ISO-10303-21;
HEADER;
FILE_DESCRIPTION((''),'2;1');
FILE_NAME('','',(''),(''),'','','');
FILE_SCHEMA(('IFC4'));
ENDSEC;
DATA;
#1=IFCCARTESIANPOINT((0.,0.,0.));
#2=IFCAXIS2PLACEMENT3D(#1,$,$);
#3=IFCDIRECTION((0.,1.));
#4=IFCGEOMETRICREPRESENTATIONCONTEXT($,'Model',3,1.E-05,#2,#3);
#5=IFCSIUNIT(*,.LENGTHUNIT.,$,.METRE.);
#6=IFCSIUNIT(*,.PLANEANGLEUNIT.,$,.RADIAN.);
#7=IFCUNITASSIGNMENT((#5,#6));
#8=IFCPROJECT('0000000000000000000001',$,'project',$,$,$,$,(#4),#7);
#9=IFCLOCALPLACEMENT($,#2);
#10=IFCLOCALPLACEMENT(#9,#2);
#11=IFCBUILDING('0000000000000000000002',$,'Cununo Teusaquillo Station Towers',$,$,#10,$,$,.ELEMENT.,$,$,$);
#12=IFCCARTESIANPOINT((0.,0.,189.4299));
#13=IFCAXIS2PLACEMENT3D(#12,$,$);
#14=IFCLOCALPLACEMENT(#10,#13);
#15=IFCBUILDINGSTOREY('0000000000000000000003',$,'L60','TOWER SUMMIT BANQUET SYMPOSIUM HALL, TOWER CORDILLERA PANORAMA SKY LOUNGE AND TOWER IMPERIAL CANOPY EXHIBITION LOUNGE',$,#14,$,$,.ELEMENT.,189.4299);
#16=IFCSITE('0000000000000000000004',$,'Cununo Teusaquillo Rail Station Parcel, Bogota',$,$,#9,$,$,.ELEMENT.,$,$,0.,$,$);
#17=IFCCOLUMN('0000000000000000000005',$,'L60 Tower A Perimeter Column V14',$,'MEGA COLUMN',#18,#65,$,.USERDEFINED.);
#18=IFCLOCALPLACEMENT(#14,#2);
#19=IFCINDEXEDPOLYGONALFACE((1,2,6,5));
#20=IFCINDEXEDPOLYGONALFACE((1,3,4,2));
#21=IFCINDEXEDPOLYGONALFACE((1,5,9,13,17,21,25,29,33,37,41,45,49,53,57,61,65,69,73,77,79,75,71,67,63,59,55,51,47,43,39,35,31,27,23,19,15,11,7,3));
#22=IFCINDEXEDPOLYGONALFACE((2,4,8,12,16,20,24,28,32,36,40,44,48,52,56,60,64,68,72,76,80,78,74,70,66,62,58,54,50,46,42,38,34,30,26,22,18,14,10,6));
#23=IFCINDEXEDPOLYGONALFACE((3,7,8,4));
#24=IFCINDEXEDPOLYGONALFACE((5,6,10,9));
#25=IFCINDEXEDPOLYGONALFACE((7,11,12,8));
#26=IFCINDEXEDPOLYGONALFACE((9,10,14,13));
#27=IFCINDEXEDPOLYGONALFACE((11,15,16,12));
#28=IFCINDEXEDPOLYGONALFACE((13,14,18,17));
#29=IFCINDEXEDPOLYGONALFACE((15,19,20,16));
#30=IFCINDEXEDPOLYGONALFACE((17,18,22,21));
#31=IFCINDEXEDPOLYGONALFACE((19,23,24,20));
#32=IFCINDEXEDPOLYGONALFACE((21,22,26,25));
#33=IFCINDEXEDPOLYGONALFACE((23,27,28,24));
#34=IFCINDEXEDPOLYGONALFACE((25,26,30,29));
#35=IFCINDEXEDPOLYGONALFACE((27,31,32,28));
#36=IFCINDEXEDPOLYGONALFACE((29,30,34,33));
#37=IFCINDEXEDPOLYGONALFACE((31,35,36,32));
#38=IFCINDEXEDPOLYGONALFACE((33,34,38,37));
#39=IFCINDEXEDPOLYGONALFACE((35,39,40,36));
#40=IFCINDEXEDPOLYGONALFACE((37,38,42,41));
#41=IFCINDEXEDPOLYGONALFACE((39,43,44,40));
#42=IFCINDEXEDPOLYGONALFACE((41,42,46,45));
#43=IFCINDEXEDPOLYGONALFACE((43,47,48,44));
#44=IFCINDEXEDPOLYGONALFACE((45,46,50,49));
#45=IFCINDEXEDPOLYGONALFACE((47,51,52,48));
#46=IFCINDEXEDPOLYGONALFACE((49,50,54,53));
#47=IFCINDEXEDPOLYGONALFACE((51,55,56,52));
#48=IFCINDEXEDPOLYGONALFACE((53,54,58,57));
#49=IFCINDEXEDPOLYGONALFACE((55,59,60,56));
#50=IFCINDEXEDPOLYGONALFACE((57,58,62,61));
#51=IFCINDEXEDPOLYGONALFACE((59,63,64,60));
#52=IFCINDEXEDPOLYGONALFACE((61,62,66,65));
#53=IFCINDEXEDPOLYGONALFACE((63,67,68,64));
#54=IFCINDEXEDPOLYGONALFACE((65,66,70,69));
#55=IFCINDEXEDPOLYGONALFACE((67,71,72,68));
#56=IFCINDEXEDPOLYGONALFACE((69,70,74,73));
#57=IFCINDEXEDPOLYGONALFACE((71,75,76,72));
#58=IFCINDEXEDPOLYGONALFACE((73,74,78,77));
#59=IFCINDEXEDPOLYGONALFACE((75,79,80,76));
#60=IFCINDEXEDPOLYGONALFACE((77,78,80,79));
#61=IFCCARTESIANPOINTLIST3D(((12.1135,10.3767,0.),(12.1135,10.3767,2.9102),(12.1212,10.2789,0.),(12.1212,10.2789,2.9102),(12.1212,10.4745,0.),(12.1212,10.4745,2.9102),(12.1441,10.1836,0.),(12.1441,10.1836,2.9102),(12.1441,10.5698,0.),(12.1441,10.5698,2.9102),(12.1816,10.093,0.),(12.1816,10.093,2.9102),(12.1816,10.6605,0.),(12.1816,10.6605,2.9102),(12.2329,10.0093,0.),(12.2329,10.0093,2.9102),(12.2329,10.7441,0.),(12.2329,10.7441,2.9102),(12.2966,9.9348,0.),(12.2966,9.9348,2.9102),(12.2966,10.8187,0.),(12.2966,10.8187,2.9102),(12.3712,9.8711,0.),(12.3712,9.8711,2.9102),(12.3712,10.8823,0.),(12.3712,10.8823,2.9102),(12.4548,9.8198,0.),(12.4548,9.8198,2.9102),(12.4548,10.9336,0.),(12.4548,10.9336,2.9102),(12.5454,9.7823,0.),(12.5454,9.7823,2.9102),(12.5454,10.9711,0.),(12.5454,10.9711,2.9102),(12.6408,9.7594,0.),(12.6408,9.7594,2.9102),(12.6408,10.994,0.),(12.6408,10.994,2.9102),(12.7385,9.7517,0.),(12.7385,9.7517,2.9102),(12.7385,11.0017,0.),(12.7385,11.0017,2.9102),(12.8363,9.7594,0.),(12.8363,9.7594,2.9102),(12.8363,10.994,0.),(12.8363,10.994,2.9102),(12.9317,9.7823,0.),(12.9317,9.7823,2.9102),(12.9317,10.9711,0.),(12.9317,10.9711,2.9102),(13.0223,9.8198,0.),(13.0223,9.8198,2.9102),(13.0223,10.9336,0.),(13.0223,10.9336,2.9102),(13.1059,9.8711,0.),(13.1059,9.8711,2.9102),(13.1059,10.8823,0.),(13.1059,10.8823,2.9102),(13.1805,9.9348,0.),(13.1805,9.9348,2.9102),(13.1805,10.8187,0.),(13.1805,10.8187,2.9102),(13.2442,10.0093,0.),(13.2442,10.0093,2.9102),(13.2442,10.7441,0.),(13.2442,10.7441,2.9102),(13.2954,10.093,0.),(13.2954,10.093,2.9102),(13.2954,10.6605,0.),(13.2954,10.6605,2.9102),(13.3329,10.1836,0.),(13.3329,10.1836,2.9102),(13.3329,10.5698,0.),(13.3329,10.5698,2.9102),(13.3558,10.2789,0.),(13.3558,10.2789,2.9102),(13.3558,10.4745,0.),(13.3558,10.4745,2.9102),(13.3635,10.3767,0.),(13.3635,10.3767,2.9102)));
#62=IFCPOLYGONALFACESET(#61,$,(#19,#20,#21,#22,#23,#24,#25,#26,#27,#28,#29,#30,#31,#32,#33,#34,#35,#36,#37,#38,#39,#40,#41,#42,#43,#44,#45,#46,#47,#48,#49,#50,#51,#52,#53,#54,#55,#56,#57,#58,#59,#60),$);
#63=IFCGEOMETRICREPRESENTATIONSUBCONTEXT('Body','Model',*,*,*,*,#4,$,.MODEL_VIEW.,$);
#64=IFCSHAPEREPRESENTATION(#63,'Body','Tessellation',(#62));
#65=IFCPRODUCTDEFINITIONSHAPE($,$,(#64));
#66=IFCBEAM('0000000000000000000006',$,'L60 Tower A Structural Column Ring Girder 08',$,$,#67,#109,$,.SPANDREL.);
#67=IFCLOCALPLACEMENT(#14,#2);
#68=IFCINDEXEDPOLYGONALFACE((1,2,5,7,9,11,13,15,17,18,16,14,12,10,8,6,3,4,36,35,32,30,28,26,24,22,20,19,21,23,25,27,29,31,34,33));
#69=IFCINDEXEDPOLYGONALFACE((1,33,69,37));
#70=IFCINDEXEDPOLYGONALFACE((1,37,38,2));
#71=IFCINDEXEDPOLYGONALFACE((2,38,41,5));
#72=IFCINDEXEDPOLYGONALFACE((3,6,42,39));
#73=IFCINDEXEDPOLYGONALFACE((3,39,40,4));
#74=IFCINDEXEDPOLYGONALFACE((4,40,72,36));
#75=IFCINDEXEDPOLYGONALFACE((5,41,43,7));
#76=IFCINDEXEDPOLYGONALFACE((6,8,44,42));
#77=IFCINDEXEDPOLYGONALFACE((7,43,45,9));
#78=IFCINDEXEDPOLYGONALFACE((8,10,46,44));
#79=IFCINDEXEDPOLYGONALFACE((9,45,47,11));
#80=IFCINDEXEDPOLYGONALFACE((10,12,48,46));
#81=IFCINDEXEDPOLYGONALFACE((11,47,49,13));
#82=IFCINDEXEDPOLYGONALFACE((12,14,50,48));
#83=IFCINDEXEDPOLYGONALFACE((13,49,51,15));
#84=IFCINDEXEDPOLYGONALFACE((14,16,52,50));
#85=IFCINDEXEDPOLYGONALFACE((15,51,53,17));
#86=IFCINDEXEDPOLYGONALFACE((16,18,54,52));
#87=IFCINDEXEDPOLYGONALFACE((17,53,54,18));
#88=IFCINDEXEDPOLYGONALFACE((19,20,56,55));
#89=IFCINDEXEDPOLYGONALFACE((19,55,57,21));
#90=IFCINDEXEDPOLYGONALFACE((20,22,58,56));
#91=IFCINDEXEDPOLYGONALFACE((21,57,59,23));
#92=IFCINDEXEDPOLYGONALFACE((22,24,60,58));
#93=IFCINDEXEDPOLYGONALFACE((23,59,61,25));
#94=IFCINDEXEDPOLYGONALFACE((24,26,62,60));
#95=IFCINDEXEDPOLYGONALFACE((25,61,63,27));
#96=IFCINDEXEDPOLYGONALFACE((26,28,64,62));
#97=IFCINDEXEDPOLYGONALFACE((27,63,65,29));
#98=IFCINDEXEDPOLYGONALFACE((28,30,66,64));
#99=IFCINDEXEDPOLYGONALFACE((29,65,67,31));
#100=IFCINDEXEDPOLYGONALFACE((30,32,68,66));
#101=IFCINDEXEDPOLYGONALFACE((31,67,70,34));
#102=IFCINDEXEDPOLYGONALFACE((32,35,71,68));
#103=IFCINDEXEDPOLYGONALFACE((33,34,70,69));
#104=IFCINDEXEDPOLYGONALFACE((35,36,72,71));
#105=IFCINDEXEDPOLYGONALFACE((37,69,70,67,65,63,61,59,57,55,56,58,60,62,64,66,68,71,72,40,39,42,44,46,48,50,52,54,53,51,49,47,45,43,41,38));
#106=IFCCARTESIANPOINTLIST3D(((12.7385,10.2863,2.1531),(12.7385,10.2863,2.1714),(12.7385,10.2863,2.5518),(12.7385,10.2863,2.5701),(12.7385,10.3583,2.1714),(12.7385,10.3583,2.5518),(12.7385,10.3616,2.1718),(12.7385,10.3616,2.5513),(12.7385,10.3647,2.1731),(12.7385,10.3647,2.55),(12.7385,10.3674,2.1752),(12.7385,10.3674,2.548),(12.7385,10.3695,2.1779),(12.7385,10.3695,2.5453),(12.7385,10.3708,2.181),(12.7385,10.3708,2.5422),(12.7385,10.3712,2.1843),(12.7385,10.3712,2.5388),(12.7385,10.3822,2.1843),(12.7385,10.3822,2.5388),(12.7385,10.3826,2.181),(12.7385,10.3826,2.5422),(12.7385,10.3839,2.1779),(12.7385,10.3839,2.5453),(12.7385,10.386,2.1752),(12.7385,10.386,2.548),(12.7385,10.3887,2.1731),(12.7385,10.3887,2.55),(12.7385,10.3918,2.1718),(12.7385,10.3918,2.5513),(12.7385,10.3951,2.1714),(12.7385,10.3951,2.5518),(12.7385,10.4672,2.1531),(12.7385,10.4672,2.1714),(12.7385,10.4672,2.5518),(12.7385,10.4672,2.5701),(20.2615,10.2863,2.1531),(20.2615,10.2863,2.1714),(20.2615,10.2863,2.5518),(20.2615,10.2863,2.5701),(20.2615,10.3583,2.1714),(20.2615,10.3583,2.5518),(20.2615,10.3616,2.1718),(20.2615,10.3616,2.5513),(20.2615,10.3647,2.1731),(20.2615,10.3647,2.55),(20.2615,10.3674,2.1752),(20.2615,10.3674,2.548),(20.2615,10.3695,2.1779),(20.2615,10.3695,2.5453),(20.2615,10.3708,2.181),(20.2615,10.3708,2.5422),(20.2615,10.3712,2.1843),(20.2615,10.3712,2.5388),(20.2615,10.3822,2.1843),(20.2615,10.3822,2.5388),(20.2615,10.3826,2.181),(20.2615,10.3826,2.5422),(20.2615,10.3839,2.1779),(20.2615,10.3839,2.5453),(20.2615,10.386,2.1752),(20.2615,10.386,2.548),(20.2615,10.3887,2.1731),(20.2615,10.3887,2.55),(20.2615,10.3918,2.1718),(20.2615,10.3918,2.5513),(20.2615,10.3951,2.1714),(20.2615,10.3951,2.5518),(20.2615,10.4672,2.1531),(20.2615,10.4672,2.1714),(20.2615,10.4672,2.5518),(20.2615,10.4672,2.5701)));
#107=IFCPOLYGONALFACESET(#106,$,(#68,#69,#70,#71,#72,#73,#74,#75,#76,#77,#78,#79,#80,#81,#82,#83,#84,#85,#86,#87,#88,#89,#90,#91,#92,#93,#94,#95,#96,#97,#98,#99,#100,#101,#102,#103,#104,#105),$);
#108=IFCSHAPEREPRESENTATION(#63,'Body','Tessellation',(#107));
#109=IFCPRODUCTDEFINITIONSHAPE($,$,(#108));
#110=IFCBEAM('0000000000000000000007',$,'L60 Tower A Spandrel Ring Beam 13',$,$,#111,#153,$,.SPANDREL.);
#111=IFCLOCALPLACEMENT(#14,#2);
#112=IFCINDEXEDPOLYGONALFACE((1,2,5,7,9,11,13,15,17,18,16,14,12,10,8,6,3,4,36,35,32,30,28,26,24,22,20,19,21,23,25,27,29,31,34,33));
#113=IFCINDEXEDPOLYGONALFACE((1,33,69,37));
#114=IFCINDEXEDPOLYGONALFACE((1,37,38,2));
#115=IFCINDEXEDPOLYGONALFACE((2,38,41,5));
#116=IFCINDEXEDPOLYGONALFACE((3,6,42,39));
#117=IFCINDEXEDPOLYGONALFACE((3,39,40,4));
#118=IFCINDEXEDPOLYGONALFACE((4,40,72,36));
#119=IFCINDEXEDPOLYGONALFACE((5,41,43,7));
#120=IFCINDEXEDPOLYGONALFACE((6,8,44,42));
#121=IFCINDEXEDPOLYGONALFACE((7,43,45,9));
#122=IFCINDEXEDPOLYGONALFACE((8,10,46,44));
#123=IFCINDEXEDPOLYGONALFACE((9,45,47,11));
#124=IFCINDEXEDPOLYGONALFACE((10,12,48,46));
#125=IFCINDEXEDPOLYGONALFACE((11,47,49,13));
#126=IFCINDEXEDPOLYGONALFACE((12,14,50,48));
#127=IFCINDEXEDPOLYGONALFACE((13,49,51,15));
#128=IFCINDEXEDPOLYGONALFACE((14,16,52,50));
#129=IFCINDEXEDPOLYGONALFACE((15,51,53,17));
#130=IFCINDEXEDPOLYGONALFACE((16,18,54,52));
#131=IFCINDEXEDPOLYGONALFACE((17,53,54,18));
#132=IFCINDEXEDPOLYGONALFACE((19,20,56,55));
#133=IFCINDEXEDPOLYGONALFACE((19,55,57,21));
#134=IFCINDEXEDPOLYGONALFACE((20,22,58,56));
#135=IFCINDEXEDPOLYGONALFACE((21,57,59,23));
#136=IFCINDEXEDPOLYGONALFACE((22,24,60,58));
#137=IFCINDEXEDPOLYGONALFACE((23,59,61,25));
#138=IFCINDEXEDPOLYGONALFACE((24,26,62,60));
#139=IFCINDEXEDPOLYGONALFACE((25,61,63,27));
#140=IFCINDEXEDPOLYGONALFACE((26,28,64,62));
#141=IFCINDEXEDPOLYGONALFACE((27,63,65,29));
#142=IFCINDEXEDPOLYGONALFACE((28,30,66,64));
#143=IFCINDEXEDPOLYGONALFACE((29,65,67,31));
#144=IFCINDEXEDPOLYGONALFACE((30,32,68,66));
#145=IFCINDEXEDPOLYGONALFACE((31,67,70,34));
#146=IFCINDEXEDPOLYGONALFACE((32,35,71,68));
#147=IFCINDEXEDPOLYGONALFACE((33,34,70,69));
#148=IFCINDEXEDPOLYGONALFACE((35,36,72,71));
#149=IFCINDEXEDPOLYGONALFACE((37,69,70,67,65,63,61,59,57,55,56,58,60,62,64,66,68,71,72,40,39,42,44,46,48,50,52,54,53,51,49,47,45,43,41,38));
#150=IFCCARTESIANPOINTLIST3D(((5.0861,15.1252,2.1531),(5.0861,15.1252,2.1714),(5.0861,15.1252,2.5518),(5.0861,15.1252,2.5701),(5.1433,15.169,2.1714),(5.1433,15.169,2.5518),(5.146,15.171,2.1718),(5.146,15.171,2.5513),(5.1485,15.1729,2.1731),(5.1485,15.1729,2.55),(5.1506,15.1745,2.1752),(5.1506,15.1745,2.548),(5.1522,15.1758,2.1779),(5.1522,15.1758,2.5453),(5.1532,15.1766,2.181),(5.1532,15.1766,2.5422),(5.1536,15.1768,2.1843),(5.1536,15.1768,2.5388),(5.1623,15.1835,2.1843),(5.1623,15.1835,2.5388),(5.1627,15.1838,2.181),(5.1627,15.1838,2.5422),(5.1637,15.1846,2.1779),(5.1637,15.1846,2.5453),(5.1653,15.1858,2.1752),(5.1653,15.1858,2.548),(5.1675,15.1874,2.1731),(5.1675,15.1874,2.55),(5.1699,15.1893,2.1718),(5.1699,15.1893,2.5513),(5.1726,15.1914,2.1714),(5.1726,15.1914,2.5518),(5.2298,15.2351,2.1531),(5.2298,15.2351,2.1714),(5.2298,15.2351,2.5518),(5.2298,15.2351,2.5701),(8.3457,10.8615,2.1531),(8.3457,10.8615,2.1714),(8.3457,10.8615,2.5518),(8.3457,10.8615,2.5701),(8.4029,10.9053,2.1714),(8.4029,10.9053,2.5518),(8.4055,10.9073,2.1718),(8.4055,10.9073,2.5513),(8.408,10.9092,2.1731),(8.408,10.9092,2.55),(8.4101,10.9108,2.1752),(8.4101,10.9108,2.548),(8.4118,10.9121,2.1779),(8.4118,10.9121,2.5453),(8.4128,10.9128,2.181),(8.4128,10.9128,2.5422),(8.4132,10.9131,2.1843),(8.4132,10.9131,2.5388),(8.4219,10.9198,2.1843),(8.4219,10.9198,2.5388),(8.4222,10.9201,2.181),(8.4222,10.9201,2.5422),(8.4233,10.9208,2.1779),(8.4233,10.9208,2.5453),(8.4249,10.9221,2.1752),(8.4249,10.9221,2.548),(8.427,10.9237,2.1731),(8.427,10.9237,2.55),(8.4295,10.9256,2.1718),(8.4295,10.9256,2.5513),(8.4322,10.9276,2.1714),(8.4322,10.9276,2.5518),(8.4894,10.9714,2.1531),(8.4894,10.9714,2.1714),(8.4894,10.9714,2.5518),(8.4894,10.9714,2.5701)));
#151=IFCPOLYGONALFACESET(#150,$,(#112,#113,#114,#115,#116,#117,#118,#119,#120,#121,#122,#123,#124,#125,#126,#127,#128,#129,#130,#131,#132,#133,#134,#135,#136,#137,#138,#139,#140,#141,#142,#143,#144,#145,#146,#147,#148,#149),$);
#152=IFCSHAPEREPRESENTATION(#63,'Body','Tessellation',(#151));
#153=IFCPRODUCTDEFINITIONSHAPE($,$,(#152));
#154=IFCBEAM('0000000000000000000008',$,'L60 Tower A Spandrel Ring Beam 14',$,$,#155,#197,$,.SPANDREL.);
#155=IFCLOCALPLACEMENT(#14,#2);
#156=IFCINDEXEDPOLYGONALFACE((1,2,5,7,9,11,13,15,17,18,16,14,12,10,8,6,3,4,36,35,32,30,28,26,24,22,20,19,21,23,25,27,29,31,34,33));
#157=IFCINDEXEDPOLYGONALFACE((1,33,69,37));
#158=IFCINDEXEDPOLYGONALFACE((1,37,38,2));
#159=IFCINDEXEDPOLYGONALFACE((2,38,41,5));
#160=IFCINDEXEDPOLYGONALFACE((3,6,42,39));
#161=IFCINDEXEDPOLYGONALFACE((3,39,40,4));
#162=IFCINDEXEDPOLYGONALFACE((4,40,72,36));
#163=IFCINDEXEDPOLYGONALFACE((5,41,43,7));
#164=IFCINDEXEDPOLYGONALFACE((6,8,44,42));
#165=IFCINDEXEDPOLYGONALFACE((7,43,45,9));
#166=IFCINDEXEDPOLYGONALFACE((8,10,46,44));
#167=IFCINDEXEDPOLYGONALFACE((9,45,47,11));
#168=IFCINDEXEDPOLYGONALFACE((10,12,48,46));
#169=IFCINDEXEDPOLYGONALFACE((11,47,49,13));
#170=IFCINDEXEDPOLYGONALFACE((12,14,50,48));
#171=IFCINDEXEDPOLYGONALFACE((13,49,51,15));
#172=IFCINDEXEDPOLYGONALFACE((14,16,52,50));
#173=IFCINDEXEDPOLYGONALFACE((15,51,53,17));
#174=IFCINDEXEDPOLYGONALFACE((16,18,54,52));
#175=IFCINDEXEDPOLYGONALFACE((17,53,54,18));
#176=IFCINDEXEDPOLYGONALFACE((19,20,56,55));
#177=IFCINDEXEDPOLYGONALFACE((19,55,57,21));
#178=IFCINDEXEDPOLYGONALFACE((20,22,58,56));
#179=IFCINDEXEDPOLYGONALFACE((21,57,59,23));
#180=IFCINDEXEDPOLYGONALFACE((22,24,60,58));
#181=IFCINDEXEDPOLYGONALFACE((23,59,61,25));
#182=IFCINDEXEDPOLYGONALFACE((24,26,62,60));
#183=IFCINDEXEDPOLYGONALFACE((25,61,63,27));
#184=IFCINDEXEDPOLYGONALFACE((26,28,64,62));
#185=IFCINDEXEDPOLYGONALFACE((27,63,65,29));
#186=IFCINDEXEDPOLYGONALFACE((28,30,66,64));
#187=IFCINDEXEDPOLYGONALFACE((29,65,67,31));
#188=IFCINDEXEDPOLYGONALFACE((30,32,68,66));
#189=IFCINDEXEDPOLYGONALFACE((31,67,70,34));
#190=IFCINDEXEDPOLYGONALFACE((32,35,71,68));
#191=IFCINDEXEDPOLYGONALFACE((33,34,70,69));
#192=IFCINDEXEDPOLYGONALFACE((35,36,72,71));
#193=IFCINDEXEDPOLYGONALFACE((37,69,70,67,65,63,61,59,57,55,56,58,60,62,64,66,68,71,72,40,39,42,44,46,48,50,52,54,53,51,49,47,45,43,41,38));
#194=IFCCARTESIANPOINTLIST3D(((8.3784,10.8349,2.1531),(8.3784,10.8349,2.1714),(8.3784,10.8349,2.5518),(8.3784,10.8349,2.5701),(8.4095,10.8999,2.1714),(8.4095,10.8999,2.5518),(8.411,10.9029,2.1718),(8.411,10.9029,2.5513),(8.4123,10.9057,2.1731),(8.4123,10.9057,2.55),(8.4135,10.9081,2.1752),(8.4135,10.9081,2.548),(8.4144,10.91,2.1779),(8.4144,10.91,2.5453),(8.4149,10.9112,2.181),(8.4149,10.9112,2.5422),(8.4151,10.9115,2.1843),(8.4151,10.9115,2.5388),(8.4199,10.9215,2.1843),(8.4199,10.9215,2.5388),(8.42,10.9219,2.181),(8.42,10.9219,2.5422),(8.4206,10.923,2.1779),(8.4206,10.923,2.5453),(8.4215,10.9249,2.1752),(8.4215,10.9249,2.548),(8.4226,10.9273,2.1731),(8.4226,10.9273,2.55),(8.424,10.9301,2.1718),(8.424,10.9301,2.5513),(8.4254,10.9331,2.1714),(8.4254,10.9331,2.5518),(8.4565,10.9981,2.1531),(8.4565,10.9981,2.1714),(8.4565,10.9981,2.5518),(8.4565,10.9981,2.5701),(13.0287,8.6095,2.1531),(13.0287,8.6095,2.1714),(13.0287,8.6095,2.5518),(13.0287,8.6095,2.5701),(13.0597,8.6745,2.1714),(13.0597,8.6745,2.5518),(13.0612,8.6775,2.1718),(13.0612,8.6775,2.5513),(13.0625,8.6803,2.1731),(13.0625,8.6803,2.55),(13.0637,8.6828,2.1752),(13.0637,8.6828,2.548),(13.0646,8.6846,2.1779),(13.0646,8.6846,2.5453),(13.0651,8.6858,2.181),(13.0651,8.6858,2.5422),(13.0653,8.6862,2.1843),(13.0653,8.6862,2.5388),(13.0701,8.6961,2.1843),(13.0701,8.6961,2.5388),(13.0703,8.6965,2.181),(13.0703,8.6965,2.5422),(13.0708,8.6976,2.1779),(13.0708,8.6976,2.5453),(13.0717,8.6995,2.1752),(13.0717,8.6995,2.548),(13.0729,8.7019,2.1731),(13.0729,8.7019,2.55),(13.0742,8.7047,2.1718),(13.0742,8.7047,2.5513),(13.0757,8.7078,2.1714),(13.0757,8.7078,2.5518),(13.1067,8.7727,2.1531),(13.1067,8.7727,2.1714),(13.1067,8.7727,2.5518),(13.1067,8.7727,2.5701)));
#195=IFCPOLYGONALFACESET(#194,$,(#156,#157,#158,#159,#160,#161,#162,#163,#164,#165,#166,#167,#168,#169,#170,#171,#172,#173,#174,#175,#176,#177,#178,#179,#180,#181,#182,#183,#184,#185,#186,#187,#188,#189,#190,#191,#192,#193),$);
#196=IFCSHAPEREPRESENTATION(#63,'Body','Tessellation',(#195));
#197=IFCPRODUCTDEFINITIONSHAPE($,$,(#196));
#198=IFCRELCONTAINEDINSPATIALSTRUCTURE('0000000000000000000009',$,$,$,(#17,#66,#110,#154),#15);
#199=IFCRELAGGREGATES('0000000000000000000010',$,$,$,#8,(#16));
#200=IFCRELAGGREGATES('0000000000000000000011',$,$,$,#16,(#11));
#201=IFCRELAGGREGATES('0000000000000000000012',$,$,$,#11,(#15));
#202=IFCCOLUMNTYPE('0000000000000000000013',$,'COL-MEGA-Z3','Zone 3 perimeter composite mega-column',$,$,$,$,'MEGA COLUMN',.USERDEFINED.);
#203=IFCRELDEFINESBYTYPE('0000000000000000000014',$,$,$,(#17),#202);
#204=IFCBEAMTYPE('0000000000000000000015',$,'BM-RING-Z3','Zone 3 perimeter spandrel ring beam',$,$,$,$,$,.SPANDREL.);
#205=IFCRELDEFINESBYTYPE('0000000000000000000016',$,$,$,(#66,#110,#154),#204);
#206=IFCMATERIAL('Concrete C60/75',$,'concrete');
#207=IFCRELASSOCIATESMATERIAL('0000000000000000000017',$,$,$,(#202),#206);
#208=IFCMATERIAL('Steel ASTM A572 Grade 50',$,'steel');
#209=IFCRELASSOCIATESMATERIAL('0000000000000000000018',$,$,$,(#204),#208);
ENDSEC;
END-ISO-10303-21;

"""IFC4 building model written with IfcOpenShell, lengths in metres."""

from ifc_helpers import new_model, si_unit, direction, frame, origin, origin_2d, place, context, subcontext, project, spatial, circle, i_section, extrude, material, material_profile, profile_set, type_object, element, save


model = new_model("IFC4")

# Units and contexts
model_context = context("Model", 3, precision=1e-05, world=origin(), true_north=direction((0.0, 1.0)))
body_context = subcontext(model_context, "Body", "Model", "MODEL_VIEW")
ifc_project = project(units=[si_unit("LENGTHUNIT", "METRE"), si_unit("PLANEANGLEUNIT", "RADIAN")], contexts=[model_context])

# Site, building, storey
site_placement = place(None, origin())
site = spatial("IfcSite", under=ifc_project, at=site_placement, Name="Cununo Teusaquillo Rail Station Parcel, Bogota", CompositionType="ELEMENT", RefElevation=0.0)
building_placement = place(site_placement, origin())
building = spatial("IfcBuilding", under=site, at=building_placement, Name="Cununo Teusaquillo Station Towers", CompositionType="ELEMENT")
storey_placement = place(building_placement, frame((0.0, 0.0, 189.4299)))
storey = spatial("IfcBuildingStorey", under=building, at=storey_placement, Name="L60", Description="TOWER SUMMIT BANQUET SYMPOSIUM HALL, TOWER CORDILLERA PANORAMA SKY LOUNGE AND TOWER IMPERIAL CANOPY EXHIBITION LOUNGE", CompositionType="ELEMENT", Elevation=189.4299)

# Column
ifc_material_1 = material(Name="Concrete C60/75", Category="concrete")
ifc_material_profile_1 = material_profile(ifc_material_1, circle(Radius=0.625, at=origin_2d()), Name="RC-CIRC-1250")
ifc_profile_set_1 = profile_set([ifc_material_profile_1], Name="Concrete C60/75")
column_type = type_object("IfcColumnType", Name="COL-MEGA-Z3", Description="Zone 3 perimeter composite mega-column", ElementType="MEGA COLUMN", PredefinedType="USERDEFINED", material=ifc_profile_set_1)
column_placement = place(storey_placement, frame((12.7385, 10.3767, 0.0), z_axis=(0.0, 0.0, 1.0), x_axis=(1.0, 0.0, 0.0)))
element("IfcColumn", 1, at=column_placement, inside=storey, type_object=column_type, Name="L60 Tower A Perimeter Column V14", ObjectType="MEGA COLUMN", PredefinedType="USERDEFINED", context=body_context, shape_type="SweptSolid", body=[
    extrude(circle(Radius=0.625, at=origin_2d()), origin(), (0.0, 0.0, 1.0), 2.9102),
])

# Beams
ifc_material_2 = material(Name="Steel ASTM A572 Grade 50", Category="steel")
ifc_material_profile_2 = material_profile(ifc_material_2, i_section(OverallWidth=0.1809, OverallDepth=0.417, WebThickness=0.011, FlangeThickness=0.0183, FilletRadius=0.0129, at=origin_2d()), Name="W16X57")
ifc_profile_set_2 = profile_set([ifc_material_profile_2], Name="Steel ASTM A572 Grade 50")
beam_type = type_object("IfcBeamType", Name="BM-RING-Z3", Description="Zone 3 perimeter spandrel ring beam", PredefinedType="SPANDREL", material=ifc_profile_set_2)
beam_1_placement = place(storey_placement, frame((12.7385, 10.3767, 2.3616), z_axis=(1.0, 0.0, 0.0), x_axis=(0.0, 1.0, 0.0)))
element("IfcBeam", 2, at=beam_1_placement, inside=storey, type_object=beam_type, Name="L60 Tower A Structural Column Ring Girder 08", PredefinedType="SPANDREL", context=body_context, shape_type="SweptSolid", body=[
    extrude(i_section(OverallWidth=0.1809, OverallDepth=0.417, WebThickness=0.011, FlangeThickness=0.0183, FilletRadius=0.0129, at=origin_2d()), origin(), (0.0, 0.0, 1.0), 7.5229),
])
beam_2_placement = place(storey_placement, frame((5.158, 15.1802, 2.3616), z_axis=(0.60734, -0.794442, 0.0), x_axis=(0.794442, 0.60734, 0.0)))
element("IfcBeam", 3, at=beam_2_placement, inside=storey, type_object=beam_type, Name="L60 Tower A Spandrel Ring Beam 13", PredefinedType="SPANDREL", context=body_context, shape_type="SweptSolid", body=[
    extrude(i_section(OverallWidth=0.1809, OverallDepth=0.417, WebThickness=0.011, FlangeThickness=0.0183, FilletRadius=0.0129, at=origin_2d()), origin(), (0.0, 0.0, 1.0), 5.3669),
])
beam_3_placement = place(storey_placement, frame((8.4175, 10.9165, 2.3616), z_axis=(0.902032, -0.43167, 0.0), x_axis=(0.43167, 0.902032, 0.0)))
element("IfcBeam", 4, at=beam_3_placement, inside=storey, type_object=beam_type, Name="L60 Tower A Spandrel Ring Beam 14", PredefinedType="SPANDREL", context=body_context, shape_type="SweptSolid", body=[
    extrude(i_section(OverallWidth=0.1809, OverallDepth=0.417, WebThickness=0.011, FlangeThickness=0.0183, FilletRadius=0.0129, at=origin_2d()), origin(), (0.0, 0.0, 1.0), 5.1553),
])

save(model, "model.ifc")
